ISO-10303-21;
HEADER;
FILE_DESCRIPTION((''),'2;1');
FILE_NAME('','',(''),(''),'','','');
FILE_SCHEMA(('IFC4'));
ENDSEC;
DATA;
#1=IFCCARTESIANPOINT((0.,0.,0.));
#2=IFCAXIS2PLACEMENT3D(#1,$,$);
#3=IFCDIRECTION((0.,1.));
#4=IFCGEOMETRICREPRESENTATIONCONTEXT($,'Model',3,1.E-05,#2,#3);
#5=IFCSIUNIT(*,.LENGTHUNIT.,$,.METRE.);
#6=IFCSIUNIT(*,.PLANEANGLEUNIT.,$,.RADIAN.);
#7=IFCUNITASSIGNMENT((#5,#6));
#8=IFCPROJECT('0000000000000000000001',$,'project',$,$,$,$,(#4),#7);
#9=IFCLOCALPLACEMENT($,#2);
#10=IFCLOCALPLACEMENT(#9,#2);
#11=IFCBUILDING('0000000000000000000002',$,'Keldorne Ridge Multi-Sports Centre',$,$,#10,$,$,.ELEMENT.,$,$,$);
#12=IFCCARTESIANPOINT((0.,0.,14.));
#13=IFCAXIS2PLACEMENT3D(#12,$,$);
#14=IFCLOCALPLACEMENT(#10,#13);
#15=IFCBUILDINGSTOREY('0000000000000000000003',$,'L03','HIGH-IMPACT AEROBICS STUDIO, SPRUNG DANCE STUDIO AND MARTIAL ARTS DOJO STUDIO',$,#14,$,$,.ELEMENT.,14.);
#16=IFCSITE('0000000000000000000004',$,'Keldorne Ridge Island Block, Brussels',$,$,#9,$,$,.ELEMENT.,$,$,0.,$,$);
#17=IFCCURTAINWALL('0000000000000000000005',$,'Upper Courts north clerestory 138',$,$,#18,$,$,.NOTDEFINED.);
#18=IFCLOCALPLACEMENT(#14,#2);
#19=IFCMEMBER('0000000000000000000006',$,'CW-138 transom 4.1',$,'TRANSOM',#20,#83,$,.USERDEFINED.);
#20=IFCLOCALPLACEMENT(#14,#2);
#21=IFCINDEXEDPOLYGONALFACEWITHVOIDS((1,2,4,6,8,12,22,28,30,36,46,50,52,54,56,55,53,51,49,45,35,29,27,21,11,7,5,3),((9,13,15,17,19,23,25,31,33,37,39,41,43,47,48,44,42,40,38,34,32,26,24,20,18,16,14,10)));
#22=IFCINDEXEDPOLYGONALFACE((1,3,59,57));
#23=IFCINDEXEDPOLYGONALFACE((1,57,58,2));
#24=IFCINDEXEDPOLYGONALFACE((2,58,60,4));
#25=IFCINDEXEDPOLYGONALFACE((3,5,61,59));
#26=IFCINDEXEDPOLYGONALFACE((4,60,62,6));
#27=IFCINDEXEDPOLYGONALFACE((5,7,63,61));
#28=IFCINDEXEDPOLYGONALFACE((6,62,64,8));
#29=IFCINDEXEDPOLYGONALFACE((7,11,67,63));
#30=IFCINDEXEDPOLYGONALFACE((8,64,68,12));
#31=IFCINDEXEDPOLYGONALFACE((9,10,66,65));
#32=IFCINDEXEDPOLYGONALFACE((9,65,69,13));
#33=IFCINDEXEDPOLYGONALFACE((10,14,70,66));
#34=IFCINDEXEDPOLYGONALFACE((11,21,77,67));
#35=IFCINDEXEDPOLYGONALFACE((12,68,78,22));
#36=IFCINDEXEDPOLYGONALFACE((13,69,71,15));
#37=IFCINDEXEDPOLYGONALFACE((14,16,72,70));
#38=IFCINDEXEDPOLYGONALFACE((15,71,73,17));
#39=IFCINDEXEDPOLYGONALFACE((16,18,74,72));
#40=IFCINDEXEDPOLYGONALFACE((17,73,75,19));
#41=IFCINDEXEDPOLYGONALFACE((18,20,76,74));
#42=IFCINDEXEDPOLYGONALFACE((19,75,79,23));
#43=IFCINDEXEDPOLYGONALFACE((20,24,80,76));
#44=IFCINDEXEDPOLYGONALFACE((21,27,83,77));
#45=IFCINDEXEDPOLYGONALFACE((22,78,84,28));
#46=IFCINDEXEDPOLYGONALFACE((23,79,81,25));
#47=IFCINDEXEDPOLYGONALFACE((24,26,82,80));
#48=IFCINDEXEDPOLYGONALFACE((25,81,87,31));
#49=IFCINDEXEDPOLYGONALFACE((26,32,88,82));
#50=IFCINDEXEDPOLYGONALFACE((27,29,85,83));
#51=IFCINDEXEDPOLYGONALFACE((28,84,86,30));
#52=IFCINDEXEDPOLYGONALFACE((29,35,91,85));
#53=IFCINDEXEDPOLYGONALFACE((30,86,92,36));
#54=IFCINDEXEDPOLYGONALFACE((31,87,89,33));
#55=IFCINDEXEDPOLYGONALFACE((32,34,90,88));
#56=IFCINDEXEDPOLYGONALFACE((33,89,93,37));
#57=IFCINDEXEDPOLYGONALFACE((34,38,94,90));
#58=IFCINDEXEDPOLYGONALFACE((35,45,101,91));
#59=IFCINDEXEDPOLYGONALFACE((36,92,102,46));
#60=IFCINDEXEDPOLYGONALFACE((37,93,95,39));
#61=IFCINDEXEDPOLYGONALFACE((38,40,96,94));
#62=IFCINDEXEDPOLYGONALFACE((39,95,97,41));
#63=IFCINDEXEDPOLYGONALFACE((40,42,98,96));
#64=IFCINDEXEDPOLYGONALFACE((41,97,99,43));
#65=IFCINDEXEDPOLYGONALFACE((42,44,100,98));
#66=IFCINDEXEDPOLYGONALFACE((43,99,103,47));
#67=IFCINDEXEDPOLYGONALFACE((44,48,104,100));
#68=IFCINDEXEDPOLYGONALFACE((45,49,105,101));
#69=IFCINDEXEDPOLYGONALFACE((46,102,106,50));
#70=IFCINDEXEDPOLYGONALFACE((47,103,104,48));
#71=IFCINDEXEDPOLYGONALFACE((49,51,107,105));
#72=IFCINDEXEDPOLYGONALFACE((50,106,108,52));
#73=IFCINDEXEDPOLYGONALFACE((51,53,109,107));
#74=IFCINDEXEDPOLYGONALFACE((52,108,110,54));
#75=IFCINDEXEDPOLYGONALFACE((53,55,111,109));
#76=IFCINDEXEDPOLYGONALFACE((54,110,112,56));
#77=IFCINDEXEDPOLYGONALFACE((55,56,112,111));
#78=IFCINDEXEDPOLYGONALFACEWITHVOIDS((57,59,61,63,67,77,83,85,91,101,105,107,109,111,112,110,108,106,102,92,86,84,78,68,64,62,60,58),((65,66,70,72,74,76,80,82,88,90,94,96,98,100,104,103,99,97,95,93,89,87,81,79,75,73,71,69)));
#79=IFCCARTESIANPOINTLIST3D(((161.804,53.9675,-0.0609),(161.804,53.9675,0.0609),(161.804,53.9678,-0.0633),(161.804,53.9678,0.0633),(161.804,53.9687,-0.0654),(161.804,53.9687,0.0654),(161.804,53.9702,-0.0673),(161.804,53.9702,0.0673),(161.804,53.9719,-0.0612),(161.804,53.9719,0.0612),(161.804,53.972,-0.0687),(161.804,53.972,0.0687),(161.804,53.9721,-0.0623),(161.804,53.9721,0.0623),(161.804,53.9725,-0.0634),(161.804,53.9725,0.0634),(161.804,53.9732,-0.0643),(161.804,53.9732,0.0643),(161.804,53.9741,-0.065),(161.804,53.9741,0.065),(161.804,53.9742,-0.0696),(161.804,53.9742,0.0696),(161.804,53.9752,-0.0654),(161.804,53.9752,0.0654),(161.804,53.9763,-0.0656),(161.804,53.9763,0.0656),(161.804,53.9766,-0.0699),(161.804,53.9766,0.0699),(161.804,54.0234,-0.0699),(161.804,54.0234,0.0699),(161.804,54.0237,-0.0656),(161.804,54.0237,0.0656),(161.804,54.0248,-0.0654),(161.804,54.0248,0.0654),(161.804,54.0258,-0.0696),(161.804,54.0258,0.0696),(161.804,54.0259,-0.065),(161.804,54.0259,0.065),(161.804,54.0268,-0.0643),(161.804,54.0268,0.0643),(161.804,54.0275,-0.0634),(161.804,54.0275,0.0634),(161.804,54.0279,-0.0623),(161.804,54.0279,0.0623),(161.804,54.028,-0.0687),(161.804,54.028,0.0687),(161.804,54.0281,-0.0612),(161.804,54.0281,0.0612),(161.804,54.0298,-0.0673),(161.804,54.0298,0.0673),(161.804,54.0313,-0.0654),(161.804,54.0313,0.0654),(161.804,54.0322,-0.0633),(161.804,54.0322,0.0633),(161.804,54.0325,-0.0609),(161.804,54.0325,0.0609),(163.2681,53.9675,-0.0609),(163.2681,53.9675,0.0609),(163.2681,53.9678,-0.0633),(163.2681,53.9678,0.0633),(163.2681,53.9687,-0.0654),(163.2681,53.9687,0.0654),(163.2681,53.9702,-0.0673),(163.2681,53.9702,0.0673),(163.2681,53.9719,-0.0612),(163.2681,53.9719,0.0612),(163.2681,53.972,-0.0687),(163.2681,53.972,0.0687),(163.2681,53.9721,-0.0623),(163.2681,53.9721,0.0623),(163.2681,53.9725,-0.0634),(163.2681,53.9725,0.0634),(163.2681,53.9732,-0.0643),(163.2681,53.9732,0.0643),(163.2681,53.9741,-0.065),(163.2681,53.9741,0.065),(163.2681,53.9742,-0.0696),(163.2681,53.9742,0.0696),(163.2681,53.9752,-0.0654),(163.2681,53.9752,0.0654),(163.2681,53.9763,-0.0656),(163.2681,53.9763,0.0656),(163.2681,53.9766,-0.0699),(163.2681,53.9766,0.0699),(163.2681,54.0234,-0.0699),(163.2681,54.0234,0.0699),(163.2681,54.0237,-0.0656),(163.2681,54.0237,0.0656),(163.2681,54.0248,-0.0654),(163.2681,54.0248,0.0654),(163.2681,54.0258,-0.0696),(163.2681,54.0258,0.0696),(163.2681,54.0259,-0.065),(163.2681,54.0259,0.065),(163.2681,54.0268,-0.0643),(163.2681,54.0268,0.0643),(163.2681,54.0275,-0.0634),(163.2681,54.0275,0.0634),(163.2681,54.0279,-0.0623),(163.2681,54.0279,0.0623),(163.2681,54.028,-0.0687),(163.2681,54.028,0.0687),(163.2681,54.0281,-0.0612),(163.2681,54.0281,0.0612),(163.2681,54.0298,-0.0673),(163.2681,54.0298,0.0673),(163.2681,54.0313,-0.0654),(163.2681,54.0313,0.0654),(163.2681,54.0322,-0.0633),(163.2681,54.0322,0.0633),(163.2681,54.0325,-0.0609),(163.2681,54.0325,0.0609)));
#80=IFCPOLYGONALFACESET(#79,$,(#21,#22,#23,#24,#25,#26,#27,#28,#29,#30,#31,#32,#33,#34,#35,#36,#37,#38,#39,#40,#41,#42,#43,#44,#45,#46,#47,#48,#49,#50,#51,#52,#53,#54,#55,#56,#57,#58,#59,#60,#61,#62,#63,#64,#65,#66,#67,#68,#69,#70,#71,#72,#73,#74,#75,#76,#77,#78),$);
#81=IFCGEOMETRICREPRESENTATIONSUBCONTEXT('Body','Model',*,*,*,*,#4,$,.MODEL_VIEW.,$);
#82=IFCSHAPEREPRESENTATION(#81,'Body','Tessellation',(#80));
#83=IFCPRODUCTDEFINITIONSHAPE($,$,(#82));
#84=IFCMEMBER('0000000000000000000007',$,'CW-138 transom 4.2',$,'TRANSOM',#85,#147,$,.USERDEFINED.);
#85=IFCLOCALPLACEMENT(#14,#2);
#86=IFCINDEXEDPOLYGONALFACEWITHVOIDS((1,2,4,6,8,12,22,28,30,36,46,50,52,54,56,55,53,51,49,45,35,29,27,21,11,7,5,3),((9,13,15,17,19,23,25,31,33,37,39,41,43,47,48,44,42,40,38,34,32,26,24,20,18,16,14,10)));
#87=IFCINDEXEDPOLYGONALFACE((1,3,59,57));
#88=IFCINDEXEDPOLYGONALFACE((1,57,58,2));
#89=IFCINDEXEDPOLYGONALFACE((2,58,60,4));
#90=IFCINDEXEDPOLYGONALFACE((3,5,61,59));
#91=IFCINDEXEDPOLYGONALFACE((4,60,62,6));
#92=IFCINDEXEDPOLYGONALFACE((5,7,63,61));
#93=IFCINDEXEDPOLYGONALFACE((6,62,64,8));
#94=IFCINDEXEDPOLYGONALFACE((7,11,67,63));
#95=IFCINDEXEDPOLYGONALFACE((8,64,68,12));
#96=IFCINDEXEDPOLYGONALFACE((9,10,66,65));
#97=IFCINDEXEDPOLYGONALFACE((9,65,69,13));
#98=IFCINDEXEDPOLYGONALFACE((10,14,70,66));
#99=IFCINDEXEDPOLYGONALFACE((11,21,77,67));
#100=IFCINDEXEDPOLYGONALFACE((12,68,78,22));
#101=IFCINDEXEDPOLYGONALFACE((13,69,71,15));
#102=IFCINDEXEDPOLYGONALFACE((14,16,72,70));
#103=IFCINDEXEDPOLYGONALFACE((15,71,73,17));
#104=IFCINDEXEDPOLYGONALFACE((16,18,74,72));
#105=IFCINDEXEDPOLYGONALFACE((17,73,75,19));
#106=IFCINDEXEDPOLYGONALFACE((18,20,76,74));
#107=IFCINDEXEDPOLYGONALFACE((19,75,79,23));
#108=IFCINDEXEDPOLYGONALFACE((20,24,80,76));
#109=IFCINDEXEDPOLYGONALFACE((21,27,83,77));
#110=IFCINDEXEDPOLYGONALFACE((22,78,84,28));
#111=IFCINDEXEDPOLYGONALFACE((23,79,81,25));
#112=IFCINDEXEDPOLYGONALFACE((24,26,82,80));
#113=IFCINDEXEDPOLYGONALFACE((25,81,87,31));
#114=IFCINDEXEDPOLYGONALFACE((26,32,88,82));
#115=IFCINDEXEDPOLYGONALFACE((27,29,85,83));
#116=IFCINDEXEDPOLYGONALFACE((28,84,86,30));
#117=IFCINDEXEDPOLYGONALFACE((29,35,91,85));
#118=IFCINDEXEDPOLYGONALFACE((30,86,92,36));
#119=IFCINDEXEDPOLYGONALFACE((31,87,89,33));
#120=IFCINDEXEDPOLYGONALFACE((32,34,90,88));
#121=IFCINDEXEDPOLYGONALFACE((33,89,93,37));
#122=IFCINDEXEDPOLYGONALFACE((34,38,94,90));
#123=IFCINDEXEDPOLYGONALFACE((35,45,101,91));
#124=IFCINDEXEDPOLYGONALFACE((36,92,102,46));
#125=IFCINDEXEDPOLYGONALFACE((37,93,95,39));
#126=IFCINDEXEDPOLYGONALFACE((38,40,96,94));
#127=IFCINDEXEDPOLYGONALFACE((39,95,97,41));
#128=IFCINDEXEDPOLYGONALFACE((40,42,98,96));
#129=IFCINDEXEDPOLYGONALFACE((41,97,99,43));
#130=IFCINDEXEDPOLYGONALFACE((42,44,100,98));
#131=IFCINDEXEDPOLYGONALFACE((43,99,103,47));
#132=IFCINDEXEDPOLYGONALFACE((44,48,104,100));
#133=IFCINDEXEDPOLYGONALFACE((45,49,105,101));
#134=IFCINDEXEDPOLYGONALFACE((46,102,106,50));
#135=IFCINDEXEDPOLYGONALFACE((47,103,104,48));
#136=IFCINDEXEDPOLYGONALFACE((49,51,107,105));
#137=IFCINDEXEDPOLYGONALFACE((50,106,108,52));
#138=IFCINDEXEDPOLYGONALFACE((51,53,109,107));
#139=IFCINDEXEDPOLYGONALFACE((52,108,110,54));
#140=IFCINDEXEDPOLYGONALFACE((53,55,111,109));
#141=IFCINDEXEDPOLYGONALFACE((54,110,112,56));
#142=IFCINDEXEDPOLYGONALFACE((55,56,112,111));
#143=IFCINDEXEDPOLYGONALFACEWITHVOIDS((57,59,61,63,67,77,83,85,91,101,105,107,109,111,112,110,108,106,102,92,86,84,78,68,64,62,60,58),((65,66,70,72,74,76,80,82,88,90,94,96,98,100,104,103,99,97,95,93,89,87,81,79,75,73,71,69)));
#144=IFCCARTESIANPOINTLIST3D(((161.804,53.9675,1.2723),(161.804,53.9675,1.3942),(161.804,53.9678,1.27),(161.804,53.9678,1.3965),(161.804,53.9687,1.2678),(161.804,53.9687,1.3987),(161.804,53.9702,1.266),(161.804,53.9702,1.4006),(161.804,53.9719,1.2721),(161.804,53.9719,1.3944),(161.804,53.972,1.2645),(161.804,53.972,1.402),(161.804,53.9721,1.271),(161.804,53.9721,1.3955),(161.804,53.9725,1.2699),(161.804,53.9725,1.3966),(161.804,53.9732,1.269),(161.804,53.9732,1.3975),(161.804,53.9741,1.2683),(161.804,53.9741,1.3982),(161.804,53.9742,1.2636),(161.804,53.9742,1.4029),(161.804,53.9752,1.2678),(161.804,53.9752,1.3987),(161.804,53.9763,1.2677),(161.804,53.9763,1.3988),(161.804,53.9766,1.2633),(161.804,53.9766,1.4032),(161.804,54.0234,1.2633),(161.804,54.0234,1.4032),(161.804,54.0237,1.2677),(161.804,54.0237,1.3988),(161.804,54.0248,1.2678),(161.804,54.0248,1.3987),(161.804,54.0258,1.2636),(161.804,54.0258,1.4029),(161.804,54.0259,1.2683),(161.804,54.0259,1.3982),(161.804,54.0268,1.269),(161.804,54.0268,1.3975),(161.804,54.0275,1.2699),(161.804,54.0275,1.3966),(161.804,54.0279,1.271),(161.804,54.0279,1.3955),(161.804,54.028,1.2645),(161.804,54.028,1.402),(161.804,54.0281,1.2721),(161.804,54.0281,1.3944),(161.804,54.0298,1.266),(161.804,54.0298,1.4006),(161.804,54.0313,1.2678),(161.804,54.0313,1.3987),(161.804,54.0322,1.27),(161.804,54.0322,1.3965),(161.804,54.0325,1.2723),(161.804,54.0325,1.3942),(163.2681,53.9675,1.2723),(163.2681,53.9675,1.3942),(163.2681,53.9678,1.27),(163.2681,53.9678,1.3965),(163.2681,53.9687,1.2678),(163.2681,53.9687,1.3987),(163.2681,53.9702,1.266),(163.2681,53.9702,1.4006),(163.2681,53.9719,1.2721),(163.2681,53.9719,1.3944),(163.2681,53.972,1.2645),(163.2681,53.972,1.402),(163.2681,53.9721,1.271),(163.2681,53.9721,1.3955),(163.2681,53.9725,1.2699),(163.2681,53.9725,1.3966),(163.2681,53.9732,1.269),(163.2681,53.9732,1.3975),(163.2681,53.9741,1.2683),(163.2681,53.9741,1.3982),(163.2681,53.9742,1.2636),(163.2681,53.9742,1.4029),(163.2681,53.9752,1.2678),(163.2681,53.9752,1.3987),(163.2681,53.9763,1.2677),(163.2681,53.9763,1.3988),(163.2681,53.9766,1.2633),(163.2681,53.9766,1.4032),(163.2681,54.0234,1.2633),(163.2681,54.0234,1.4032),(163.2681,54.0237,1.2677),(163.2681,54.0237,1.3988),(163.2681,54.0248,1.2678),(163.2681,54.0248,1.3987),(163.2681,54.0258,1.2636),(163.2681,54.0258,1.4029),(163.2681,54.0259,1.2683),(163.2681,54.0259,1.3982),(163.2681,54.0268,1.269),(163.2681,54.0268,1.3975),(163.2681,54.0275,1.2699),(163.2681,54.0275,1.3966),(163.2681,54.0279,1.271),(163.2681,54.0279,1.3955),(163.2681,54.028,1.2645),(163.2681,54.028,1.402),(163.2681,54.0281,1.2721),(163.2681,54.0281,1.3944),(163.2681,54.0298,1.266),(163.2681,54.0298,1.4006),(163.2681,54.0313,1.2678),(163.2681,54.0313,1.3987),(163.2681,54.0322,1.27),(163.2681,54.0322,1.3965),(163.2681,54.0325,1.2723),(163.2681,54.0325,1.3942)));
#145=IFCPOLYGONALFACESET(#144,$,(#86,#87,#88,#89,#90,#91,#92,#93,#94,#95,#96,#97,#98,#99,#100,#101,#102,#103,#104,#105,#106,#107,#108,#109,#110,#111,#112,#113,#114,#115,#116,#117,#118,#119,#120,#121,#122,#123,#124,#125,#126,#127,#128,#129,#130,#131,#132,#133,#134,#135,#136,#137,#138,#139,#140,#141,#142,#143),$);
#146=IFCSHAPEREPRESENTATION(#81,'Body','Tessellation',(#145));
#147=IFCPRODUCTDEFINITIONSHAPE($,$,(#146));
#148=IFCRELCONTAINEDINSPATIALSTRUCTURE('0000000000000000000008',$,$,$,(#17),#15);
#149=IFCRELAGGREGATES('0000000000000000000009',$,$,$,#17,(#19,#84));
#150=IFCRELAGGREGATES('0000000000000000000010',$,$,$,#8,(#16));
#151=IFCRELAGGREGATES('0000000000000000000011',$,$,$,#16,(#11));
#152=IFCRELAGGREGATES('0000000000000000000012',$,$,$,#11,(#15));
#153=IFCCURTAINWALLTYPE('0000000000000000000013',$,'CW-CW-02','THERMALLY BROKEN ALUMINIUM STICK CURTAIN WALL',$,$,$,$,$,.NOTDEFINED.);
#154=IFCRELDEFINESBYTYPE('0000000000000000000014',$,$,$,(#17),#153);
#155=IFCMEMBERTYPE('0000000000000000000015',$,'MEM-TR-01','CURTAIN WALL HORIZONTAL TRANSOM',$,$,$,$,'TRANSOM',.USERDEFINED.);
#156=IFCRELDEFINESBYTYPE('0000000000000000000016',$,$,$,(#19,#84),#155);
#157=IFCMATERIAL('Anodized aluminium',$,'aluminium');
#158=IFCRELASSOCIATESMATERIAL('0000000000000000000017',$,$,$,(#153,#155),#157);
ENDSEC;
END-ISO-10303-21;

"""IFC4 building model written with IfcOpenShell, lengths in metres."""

from ifc_helpers import new_model, si_unit, direction, frame, origin, origin_2d, place, context, subcontext, project, spatial, hollow_rectangle, extrude, material, material_profile, profile_set, type_object, element, aggregate, save


model = new_model("IFC4")

# Units and contexts
model_context = context("Model", 3, precision=1e-05, world=origin(), true_north=direction((0.0, 1.0)))
body_context = subcontext(model_context, "Body", "Model", "MODEL_VIEW")
ifc_project = project(units=[si_unit("LENGTHUNIT", "METRE"), si_unit("PLANEANGLEUNIT", "RADIAN")], contexts=[model_context])

# Site, building, storey
site_placement = place(None, origin())
site = spatial("IfcSite", under=ifc_project, at=site_placement, Name="Keldorne Ridge Island Block, Brussels", CompositionType="ELEMENT", RefElevation=0.0)
building_placement = place(site_placement, origin())
building = spatial("IfcBuilding", under=site, at=building_placement, Name="Keldorne Ridge Multi-Sports Centre", CompositionType="ELEMENT")
storey_placement = place(building_placement, frame((0.0, 0.0, 14.0)))
storey = spatial("IfcBuildingStorey", under=building, at=storey_placement, Name="L03", Description="HIGH-IMPACT AEROBICS STUDIO, SPRUNG DANCE STUDIO AND MARTIAL ARTS DOJO STUDIO", CompositionType="ELEMENT", Elevation=14.0)

# Curtain wall, members
ifc_material_1 = material(Name="Anodized aluminium", Category="aluminium")
curtain_wall_type = type_object("IfcCurtainWallType", Name="CW-CW-02", Description="THERMALLY BROKEN ALUMINIUM STICK CURTAIN WALL", PredefinedType="NOTDEFINED", material=ifc_material_1)
curtain_wall_placement = place(storey_placement, origin())
curtain_wall = element("IfcCurtainWall", 1, at=curtain_wall_placement, inside=storey, type_object=curtain_wall_type, Name="Upper Courts north clerestory 138", PredefinedType="NOTDEFINED")
ifc_material_profile_1 = material_profile(ifc_material_1, hollow_rectangle(XDim=0.0649, YDim=0.1399, WallThickness=0.0044, InnerFilletRadius=0.0044, OuterFilletRadius=0.009, at=origin_2d()), Name="ALU TRANSOM 140x65x4.5")
ifc_profile_set_1 = profile_set([ifc_material_profile_1], Name="Anodized aluminium")
member_type_1 = type_object("IfcMemberType", Name="MEM-TR-01", Description="CURTAIN WALL HORIZONTAL TRANSOM", ElementType="TRANSOM", PredefinedType="USERDEFINED", material=ifc_profile_set_1)
member_1_placement = place(storey_placement, frame((163.2681, 54.0, 0.0), z_axis=(-1.0, 0.0, 0.0), x_axis=(0.0, -1.0, 0.0)))
member_1 = element("IfcMember", 2, at=member_1_placement, type_object=member_type_1, Name="CW-138 transom 4.1", ObjectType="TRANSOM", PredefinedType="USERDEFINED", context=body_context, shape_type="SweptSolid", body=[
    extrude(hollow_rectangle(XDim=0.0649, YDim=0.1399, WallThickness=0.0044, InnerFilletRadius=0.0044, OuterFilletRadius=0.009, at=origin_2d()), origin(), (0.0, 0.0, 1.0), 1.4641),
])
member_2_placement = place(storey_placement, frame((163.2681, 54.0, 1.3333), z_axis=(-1.0, 0.0, 0.0), x_axis=(0.0, -1.0, 0.0)))
member_2 = element("IfcMember", 3, at=member_2_placement, type_object=member_type_1, Name="CW-138 transom 4.2", ObjectType="TRANSOM", PredefinedType="USERDEFINED", context=body_context, shape_type="SweptSolid", body=[
    extrude(hollow_rectangle(XDim=0.0649, YDim=0.1399, WallThickness=0.0044, InnerFilletRadius=0.0044, OuterFilletRadius=0.009, at=origin_2d()), origin(), (0.0, 0.0, 1.0), 1.4641),
])

aggregate(curtain_wall, [member_1, member_2])

save(model, "model.ifc")
